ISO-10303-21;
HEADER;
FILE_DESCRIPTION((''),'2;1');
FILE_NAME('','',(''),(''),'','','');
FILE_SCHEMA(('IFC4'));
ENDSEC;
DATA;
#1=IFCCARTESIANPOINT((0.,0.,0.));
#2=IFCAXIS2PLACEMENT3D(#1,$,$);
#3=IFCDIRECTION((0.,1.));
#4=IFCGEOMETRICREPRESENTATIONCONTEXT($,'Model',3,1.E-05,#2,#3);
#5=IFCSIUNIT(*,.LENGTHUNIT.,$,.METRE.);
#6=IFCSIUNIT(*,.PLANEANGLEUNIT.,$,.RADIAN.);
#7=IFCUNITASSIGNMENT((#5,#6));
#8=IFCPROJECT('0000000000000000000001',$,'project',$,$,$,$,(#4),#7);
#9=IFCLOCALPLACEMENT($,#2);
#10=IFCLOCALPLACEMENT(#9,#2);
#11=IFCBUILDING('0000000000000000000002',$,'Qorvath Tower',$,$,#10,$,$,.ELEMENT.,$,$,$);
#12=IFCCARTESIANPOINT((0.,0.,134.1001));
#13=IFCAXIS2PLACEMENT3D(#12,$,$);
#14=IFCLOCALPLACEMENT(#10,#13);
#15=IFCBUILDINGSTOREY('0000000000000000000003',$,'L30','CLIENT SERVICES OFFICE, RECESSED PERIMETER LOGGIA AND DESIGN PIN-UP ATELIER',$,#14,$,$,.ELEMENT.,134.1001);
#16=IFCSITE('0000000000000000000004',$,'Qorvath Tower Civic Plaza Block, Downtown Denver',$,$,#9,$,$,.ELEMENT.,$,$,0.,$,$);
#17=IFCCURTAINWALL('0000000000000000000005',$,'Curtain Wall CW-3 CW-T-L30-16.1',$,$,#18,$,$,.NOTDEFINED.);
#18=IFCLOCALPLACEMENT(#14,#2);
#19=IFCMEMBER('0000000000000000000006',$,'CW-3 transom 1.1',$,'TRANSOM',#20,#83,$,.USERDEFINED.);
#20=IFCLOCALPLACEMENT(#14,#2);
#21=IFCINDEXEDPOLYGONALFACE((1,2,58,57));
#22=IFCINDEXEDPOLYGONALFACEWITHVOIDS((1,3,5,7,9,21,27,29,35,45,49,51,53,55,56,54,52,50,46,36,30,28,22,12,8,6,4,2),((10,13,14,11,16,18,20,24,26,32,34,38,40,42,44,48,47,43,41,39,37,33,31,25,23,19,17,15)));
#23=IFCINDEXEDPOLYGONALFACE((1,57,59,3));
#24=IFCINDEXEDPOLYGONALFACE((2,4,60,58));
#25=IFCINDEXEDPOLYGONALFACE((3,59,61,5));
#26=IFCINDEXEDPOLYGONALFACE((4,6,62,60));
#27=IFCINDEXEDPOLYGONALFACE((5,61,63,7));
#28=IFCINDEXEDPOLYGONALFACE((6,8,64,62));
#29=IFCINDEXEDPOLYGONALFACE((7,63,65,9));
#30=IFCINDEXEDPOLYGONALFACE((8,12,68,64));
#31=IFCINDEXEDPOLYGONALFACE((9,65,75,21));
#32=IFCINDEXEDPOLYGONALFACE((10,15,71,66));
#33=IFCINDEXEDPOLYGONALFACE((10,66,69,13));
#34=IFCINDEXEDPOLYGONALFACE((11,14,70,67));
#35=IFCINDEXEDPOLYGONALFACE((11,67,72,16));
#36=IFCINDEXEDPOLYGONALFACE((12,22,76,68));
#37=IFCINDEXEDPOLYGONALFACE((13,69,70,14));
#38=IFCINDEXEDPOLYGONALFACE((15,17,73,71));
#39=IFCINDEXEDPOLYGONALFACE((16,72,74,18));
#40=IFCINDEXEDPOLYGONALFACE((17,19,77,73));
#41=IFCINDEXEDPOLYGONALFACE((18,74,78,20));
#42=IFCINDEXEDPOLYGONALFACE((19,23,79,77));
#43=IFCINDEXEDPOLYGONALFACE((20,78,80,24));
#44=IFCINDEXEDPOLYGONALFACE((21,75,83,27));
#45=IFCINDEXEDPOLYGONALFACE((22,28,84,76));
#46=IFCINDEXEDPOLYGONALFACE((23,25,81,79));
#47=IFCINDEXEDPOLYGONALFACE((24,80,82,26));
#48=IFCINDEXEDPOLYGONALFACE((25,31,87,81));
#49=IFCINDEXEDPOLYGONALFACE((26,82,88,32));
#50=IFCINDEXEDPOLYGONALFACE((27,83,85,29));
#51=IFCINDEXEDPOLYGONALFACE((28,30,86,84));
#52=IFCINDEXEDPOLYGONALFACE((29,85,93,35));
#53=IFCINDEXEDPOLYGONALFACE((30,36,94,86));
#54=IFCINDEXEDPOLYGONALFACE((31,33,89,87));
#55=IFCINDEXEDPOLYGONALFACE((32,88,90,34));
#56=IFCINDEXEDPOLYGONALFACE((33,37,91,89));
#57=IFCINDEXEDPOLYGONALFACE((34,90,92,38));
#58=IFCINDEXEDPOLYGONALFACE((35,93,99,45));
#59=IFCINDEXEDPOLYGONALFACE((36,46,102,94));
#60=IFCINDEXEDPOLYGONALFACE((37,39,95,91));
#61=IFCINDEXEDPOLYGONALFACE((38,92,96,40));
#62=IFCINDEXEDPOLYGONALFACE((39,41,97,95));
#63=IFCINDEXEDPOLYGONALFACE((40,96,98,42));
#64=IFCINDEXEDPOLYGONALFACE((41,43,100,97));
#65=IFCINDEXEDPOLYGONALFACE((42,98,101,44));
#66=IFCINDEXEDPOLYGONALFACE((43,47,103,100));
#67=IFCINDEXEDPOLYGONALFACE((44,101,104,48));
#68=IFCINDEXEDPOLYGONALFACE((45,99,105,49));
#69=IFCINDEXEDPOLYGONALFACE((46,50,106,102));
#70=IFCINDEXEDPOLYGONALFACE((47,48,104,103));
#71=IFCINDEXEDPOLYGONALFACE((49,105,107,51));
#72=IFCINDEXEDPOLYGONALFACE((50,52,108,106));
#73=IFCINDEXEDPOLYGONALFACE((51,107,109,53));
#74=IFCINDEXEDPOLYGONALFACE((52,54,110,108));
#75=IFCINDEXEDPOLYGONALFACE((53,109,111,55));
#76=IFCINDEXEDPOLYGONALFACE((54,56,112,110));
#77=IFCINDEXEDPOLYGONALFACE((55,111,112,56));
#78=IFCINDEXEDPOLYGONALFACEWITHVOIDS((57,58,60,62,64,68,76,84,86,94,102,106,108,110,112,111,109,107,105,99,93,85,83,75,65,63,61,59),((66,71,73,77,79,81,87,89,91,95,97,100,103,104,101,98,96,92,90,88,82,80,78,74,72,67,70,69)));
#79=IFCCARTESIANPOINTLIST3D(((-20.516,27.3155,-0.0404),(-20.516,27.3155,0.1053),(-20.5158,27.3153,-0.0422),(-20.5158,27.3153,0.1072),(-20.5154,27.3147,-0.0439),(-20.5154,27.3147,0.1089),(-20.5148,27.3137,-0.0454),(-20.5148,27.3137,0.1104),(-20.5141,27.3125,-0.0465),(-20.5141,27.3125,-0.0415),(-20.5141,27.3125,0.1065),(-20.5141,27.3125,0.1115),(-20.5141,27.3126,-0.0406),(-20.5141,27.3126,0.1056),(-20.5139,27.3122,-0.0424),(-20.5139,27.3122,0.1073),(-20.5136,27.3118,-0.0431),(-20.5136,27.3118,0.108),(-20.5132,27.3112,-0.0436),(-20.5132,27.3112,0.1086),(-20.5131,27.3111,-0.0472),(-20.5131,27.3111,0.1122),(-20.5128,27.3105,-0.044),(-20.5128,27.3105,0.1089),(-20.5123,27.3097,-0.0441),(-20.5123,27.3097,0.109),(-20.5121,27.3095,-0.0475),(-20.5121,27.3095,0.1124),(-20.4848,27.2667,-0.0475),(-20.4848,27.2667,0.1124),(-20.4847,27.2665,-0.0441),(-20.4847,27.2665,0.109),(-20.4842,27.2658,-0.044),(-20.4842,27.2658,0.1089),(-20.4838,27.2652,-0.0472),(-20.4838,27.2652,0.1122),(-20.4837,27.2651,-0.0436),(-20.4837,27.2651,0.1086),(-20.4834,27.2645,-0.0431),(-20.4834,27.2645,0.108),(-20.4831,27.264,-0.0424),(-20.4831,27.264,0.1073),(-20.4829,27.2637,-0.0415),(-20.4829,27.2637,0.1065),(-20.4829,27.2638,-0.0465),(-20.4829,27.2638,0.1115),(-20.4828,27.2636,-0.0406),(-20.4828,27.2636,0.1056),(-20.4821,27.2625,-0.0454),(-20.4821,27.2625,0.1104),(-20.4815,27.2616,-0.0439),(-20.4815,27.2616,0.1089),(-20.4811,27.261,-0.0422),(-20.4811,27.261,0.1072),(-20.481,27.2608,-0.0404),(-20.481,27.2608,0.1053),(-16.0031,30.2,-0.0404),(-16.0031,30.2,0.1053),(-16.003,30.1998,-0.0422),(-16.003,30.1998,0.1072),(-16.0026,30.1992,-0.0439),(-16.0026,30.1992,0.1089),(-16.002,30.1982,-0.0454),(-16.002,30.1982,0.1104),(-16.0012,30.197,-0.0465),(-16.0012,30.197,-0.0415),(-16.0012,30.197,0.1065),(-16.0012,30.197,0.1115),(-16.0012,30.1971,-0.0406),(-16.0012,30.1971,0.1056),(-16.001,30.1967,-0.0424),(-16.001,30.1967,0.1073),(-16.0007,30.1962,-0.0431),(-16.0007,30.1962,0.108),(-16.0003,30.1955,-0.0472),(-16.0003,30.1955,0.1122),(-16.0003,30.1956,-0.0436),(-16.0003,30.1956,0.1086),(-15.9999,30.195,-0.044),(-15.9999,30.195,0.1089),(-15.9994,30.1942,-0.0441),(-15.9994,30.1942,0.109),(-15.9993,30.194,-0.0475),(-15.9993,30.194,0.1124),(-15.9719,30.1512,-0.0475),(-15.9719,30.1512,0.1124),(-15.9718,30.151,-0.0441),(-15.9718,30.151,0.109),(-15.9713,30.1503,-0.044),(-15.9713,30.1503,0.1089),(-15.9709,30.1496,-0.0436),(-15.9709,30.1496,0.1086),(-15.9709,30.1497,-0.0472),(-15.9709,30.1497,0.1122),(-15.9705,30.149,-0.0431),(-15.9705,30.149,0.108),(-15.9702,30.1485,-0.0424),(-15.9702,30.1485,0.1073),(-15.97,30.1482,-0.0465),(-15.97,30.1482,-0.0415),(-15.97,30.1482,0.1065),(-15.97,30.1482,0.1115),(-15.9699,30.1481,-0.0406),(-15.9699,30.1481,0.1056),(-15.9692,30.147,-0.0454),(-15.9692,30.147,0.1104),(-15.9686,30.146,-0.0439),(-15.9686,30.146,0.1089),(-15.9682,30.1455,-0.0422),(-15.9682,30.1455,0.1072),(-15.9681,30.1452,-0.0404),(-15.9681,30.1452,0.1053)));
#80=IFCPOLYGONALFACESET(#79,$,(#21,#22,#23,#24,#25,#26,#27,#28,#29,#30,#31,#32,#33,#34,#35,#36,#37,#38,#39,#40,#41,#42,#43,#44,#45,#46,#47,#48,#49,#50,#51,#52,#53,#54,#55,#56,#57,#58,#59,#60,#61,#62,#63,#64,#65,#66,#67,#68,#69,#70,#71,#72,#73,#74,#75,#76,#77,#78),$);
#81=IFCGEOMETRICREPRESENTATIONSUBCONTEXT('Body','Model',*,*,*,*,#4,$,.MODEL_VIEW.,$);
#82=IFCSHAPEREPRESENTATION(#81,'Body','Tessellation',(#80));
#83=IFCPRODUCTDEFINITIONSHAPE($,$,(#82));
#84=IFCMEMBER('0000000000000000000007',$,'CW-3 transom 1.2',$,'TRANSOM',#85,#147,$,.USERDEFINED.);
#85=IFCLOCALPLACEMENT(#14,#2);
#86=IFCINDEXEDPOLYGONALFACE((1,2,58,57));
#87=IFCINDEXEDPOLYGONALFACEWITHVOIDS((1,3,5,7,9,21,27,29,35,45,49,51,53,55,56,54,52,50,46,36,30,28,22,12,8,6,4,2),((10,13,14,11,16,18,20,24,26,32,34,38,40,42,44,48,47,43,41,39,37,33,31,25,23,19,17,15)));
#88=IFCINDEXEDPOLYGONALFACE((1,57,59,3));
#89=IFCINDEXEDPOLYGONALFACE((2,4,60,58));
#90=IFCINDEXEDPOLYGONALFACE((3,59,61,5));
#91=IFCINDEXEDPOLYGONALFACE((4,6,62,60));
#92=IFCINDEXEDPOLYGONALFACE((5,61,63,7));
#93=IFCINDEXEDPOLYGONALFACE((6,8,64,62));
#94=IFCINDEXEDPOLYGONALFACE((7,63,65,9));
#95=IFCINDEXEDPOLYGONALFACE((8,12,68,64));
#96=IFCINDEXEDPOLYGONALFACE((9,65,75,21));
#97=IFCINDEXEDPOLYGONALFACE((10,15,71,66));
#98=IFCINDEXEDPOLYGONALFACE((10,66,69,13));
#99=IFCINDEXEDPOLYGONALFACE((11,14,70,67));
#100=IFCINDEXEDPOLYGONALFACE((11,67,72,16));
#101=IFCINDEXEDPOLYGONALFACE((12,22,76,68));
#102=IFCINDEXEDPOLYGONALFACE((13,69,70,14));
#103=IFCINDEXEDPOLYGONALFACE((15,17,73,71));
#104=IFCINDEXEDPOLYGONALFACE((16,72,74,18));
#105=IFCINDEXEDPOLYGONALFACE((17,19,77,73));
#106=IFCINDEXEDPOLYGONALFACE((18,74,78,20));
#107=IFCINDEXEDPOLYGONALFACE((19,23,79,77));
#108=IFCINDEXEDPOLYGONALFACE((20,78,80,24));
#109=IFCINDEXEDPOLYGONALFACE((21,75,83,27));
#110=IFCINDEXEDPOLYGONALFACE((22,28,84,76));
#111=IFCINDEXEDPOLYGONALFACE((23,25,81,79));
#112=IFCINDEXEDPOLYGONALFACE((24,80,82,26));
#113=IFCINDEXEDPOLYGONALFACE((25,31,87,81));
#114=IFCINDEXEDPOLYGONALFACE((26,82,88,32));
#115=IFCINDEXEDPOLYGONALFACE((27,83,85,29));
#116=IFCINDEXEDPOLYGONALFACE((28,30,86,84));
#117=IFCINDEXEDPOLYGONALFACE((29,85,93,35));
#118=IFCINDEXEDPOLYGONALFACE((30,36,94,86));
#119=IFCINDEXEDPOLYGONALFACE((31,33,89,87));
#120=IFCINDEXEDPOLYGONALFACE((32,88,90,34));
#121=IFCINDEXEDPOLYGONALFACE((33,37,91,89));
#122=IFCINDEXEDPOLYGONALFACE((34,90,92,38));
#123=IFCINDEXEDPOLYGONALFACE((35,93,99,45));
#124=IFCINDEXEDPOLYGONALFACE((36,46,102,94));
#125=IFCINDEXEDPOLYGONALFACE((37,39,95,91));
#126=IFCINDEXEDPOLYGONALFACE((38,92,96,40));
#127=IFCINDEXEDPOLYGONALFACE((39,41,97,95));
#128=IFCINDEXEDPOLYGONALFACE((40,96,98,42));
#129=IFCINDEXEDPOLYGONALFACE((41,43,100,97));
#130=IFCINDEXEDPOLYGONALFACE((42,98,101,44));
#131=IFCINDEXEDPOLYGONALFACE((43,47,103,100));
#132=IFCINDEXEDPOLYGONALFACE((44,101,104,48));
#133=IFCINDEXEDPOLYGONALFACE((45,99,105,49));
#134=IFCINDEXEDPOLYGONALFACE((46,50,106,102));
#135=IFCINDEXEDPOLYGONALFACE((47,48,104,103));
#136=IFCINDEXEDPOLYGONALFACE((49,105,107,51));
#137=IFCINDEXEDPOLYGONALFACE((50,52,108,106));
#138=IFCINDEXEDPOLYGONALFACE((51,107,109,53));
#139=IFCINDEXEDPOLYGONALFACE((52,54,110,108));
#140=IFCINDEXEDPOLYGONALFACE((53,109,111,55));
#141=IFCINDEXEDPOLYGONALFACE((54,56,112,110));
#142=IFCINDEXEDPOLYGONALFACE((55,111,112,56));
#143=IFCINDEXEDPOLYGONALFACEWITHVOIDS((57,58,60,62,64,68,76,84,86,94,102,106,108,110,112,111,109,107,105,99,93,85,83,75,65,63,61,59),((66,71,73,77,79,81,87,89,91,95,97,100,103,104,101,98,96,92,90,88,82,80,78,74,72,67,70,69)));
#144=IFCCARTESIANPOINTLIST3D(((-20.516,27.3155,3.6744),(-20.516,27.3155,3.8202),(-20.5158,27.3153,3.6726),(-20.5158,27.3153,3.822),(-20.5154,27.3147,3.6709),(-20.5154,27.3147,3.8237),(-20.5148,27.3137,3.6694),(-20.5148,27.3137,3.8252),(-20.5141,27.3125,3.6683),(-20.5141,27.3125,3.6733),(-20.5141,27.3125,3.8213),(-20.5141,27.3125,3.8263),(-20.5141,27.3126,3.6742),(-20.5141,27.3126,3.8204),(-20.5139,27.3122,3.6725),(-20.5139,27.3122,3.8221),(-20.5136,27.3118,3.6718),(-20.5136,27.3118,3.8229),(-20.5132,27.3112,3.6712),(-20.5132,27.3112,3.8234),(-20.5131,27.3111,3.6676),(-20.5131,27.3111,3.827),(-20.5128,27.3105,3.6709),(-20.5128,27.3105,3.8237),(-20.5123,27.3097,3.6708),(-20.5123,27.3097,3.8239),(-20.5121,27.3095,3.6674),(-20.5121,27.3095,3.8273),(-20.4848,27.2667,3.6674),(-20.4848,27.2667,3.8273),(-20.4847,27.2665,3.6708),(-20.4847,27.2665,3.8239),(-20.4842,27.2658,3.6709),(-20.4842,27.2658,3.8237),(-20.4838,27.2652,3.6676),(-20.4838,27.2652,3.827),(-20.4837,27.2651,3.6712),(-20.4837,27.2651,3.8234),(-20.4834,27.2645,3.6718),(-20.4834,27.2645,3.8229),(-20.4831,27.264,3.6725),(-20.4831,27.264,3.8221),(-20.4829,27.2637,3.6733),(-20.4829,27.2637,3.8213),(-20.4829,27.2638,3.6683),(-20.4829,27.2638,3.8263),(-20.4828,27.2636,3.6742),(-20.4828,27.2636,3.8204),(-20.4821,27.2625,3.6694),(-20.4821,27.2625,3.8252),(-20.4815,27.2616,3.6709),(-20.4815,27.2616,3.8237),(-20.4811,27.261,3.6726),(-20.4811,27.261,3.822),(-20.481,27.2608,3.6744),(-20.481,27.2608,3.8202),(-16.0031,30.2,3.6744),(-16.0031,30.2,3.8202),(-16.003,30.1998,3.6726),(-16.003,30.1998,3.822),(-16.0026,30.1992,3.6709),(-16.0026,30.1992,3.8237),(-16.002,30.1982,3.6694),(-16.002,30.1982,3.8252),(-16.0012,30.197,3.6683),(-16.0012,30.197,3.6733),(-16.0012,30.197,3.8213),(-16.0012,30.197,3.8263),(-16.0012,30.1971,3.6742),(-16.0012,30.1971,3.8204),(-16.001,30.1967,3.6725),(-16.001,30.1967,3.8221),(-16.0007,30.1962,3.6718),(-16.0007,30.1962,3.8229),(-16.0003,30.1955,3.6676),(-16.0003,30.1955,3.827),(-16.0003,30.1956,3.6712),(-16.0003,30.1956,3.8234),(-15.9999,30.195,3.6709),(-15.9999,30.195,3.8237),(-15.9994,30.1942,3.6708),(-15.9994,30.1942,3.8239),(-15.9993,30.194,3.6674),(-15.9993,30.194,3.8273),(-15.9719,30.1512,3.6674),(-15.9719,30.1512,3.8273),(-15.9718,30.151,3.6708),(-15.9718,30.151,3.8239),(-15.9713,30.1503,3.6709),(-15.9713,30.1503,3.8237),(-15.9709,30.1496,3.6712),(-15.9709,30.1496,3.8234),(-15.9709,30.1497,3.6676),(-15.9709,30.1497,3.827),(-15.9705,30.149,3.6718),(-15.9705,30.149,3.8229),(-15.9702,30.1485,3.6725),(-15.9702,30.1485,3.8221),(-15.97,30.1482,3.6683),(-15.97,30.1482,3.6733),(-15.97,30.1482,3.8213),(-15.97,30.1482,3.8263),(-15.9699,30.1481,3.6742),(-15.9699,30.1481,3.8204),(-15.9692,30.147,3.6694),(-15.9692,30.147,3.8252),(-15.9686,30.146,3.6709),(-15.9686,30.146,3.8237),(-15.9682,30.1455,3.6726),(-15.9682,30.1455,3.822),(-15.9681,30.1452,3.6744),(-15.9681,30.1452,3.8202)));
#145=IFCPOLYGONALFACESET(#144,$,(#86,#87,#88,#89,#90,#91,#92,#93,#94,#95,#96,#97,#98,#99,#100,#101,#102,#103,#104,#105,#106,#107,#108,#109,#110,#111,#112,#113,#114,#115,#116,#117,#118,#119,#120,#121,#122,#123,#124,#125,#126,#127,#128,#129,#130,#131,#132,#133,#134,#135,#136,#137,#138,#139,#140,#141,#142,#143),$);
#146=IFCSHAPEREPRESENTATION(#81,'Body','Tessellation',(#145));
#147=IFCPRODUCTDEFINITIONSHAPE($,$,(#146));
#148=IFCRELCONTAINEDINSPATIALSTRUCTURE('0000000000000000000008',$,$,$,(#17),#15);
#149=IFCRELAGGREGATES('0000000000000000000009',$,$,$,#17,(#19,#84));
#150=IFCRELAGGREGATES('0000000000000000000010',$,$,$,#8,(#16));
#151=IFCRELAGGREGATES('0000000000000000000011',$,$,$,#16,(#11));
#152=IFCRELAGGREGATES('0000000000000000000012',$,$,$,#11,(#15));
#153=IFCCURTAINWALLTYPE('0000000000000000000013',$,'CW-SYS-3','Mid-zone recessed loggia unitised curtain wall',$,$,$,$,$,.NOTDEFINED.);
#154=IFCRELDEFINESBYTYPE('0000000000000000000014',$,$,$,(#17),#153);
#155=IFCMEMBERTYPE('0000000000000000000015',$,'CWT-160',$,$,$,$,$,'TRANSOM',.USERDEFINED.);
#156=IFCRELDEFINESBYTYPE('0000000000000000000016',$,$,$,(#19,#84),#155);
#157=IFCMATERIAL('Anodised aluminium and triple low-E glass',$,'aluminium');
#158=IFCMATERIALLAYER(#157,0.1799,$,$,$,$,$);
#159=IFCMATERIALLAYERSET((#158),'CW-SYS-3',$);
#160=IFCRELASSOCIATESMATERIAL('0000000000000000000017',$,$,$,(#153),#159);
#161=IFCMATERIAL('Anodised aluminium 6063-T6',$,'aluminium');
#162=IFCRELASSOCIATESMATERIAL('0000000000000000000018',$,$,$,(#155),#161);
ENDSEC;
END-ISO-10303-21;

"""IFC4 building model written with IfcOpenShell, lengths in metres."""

from ifc_helpers import new_model, si_unit, direction, frame, origin, origin_2d, place, context, subcontext, project, spatial, hollow_rectangle, extrude, material, layer, layer_set, material_profile, profile_set, type_object, element, aggregate, save


model = new_model("IFC4")

# Units and contexts
model_context = context("Model", 3, precision=1e-05, world=origin(), true_north=direction((0.0, 1.0)))
body_context = subcontext(model_context, "Body", "Model", "MODEL_VIEW")
ifc_project = project(units=[si_unit("LENGTHUNIT", "METRE"), si_unit("PLANEANGLEUNIT", "RADIAN")], contexts=[model_context])

# Site, building, storey
site_placement = place(None, origin())
site = spatial("IfcSite", under=ifc_project, at=site_placement, Name="Qorvath Tower Civic Plaza Block, Downtown Denver", CompositionType="ELEMENT", RefElevation=0.0)
building_placement = place(site_placement, origin())
building = spatial("IfcBuilding", under=site, at=building_placement, Name="Qorvath Tower", CompositionType="ELEMENT")
storey_placement = place(building_placement, frame((0.0, 0.0, 134.1001)))
storey = spatial("IfcBuildingStorey", under=building, at=storey_placement, Name="L30", Description="CLIENT SERVICES OFFICE, RECESSED PERIMETER LOGGIA AND DESIGN PIN-UP ATELIER", CompositionType="ELEMENT", Elevation=134.1001)

# Shared definitions
ifc_material_1 = material(Name="Anodised aluminium and triple low-E glass", Category="aluminium")
ifc_layer_1 = layer(ifc_material_1, 0.1799)
ifc_layer_set_1 = layer_set([ifc_layer_1], Name="CW-SYS-3")
curtain_wall_type = type_object("IfcCurtainWallType", Name="CW-SYS-3", Description="Mid-zone recessed loggia unitised curtain wall", PredefinedType="NOTDEFINED", material=ifc_layer_set_1)

# Curtain wall
curtain_wall_1_placement = place(storey_placement, origin())
curtain_wall_1 = element("IfcCurtainWall", 1, at=curtain_wall_1_placement, inside=storey, type_object=curtain_wall_type, Name="Curtain Wall CW-3 CW-T-L30-16.1", PredefinedType="NOTDEFINED")

# Members
ifc_material_2 = material(Name="Anodised aluminium 6063-T6", Category="aluminium")
ifc_material_profile_1 = material_profile(ifc_material_2, hollow_rectangle(XDim=0.0649, YDim=0.1599, WallThickness=0.0034, InnerFilletRadius=0.0034, OuterFilletRadius=0.0071, at=origin_2d()), Name="CWT 160x65")
ifc_profile_set_1 = profile_set([ifc_material_profile_1], Name="Anodised aluminium 6063-T6")
member_type_1 = type_object("IfcMemberType", Name="CWT-160", ElementType="TRANSOM", PredefinedType="USERDEFINED", material=ifc_profile_set_1)
member_1_placement = place(storey_placement, frame((-15.9856, 30.1726, 0.0325), z_axis=(-0.84259, -0.538556, 0.0), x_axis=(0.538556, -0.84259, 0.0)))
member_1 = element("IfcMember", 2, at=member_1_placement, type_object=member_type_1, Name="CW-3 transom 1.1", ObjectType="TRANSOM", PredefinedType="USERDEFINED", context=body_context, shape_type="SweptSolid", body=[
    extrude(hollow_rectangle(XDim=0.0649, YDim=0.1599, WallThickness=0.0034, InnerFilletRadius=0.0034, OuterFilletRadius=0.0071, at=origin_2d()), origin(), (0.0, 0.0, 1.0), 5.356),
])
member_2_placement = place(storey_placement, frame((-15.9856, 30.1726, 3.7473), z_axis=(-0.84259, -0.538556, 0.0), x_axis=(0.538556, -0.84259, 0.0)))
member_2 = element("IfcMember", 3, at=member_2_placement, type_object=member_type_1, Name="CW-3 transom 1.2", ObjectType="TRANSOM", PredefinedType="USERDEFINED", context=body_context, shape_type="SweptSolid", body=[
    extrude(hollow_rectangle(XDim=0.0649, YDim=0.1599, WallThickness=0.0034, InnerFilletRadius=0.0034, OuterFilletRadius=0.0071, at=origin_2d()), origin(), (0.0, 0.0, 1.0), 5.356),
])

aggregate(curtain_wall_1, [member_1, member_2])

save(model, "model.ifc")
